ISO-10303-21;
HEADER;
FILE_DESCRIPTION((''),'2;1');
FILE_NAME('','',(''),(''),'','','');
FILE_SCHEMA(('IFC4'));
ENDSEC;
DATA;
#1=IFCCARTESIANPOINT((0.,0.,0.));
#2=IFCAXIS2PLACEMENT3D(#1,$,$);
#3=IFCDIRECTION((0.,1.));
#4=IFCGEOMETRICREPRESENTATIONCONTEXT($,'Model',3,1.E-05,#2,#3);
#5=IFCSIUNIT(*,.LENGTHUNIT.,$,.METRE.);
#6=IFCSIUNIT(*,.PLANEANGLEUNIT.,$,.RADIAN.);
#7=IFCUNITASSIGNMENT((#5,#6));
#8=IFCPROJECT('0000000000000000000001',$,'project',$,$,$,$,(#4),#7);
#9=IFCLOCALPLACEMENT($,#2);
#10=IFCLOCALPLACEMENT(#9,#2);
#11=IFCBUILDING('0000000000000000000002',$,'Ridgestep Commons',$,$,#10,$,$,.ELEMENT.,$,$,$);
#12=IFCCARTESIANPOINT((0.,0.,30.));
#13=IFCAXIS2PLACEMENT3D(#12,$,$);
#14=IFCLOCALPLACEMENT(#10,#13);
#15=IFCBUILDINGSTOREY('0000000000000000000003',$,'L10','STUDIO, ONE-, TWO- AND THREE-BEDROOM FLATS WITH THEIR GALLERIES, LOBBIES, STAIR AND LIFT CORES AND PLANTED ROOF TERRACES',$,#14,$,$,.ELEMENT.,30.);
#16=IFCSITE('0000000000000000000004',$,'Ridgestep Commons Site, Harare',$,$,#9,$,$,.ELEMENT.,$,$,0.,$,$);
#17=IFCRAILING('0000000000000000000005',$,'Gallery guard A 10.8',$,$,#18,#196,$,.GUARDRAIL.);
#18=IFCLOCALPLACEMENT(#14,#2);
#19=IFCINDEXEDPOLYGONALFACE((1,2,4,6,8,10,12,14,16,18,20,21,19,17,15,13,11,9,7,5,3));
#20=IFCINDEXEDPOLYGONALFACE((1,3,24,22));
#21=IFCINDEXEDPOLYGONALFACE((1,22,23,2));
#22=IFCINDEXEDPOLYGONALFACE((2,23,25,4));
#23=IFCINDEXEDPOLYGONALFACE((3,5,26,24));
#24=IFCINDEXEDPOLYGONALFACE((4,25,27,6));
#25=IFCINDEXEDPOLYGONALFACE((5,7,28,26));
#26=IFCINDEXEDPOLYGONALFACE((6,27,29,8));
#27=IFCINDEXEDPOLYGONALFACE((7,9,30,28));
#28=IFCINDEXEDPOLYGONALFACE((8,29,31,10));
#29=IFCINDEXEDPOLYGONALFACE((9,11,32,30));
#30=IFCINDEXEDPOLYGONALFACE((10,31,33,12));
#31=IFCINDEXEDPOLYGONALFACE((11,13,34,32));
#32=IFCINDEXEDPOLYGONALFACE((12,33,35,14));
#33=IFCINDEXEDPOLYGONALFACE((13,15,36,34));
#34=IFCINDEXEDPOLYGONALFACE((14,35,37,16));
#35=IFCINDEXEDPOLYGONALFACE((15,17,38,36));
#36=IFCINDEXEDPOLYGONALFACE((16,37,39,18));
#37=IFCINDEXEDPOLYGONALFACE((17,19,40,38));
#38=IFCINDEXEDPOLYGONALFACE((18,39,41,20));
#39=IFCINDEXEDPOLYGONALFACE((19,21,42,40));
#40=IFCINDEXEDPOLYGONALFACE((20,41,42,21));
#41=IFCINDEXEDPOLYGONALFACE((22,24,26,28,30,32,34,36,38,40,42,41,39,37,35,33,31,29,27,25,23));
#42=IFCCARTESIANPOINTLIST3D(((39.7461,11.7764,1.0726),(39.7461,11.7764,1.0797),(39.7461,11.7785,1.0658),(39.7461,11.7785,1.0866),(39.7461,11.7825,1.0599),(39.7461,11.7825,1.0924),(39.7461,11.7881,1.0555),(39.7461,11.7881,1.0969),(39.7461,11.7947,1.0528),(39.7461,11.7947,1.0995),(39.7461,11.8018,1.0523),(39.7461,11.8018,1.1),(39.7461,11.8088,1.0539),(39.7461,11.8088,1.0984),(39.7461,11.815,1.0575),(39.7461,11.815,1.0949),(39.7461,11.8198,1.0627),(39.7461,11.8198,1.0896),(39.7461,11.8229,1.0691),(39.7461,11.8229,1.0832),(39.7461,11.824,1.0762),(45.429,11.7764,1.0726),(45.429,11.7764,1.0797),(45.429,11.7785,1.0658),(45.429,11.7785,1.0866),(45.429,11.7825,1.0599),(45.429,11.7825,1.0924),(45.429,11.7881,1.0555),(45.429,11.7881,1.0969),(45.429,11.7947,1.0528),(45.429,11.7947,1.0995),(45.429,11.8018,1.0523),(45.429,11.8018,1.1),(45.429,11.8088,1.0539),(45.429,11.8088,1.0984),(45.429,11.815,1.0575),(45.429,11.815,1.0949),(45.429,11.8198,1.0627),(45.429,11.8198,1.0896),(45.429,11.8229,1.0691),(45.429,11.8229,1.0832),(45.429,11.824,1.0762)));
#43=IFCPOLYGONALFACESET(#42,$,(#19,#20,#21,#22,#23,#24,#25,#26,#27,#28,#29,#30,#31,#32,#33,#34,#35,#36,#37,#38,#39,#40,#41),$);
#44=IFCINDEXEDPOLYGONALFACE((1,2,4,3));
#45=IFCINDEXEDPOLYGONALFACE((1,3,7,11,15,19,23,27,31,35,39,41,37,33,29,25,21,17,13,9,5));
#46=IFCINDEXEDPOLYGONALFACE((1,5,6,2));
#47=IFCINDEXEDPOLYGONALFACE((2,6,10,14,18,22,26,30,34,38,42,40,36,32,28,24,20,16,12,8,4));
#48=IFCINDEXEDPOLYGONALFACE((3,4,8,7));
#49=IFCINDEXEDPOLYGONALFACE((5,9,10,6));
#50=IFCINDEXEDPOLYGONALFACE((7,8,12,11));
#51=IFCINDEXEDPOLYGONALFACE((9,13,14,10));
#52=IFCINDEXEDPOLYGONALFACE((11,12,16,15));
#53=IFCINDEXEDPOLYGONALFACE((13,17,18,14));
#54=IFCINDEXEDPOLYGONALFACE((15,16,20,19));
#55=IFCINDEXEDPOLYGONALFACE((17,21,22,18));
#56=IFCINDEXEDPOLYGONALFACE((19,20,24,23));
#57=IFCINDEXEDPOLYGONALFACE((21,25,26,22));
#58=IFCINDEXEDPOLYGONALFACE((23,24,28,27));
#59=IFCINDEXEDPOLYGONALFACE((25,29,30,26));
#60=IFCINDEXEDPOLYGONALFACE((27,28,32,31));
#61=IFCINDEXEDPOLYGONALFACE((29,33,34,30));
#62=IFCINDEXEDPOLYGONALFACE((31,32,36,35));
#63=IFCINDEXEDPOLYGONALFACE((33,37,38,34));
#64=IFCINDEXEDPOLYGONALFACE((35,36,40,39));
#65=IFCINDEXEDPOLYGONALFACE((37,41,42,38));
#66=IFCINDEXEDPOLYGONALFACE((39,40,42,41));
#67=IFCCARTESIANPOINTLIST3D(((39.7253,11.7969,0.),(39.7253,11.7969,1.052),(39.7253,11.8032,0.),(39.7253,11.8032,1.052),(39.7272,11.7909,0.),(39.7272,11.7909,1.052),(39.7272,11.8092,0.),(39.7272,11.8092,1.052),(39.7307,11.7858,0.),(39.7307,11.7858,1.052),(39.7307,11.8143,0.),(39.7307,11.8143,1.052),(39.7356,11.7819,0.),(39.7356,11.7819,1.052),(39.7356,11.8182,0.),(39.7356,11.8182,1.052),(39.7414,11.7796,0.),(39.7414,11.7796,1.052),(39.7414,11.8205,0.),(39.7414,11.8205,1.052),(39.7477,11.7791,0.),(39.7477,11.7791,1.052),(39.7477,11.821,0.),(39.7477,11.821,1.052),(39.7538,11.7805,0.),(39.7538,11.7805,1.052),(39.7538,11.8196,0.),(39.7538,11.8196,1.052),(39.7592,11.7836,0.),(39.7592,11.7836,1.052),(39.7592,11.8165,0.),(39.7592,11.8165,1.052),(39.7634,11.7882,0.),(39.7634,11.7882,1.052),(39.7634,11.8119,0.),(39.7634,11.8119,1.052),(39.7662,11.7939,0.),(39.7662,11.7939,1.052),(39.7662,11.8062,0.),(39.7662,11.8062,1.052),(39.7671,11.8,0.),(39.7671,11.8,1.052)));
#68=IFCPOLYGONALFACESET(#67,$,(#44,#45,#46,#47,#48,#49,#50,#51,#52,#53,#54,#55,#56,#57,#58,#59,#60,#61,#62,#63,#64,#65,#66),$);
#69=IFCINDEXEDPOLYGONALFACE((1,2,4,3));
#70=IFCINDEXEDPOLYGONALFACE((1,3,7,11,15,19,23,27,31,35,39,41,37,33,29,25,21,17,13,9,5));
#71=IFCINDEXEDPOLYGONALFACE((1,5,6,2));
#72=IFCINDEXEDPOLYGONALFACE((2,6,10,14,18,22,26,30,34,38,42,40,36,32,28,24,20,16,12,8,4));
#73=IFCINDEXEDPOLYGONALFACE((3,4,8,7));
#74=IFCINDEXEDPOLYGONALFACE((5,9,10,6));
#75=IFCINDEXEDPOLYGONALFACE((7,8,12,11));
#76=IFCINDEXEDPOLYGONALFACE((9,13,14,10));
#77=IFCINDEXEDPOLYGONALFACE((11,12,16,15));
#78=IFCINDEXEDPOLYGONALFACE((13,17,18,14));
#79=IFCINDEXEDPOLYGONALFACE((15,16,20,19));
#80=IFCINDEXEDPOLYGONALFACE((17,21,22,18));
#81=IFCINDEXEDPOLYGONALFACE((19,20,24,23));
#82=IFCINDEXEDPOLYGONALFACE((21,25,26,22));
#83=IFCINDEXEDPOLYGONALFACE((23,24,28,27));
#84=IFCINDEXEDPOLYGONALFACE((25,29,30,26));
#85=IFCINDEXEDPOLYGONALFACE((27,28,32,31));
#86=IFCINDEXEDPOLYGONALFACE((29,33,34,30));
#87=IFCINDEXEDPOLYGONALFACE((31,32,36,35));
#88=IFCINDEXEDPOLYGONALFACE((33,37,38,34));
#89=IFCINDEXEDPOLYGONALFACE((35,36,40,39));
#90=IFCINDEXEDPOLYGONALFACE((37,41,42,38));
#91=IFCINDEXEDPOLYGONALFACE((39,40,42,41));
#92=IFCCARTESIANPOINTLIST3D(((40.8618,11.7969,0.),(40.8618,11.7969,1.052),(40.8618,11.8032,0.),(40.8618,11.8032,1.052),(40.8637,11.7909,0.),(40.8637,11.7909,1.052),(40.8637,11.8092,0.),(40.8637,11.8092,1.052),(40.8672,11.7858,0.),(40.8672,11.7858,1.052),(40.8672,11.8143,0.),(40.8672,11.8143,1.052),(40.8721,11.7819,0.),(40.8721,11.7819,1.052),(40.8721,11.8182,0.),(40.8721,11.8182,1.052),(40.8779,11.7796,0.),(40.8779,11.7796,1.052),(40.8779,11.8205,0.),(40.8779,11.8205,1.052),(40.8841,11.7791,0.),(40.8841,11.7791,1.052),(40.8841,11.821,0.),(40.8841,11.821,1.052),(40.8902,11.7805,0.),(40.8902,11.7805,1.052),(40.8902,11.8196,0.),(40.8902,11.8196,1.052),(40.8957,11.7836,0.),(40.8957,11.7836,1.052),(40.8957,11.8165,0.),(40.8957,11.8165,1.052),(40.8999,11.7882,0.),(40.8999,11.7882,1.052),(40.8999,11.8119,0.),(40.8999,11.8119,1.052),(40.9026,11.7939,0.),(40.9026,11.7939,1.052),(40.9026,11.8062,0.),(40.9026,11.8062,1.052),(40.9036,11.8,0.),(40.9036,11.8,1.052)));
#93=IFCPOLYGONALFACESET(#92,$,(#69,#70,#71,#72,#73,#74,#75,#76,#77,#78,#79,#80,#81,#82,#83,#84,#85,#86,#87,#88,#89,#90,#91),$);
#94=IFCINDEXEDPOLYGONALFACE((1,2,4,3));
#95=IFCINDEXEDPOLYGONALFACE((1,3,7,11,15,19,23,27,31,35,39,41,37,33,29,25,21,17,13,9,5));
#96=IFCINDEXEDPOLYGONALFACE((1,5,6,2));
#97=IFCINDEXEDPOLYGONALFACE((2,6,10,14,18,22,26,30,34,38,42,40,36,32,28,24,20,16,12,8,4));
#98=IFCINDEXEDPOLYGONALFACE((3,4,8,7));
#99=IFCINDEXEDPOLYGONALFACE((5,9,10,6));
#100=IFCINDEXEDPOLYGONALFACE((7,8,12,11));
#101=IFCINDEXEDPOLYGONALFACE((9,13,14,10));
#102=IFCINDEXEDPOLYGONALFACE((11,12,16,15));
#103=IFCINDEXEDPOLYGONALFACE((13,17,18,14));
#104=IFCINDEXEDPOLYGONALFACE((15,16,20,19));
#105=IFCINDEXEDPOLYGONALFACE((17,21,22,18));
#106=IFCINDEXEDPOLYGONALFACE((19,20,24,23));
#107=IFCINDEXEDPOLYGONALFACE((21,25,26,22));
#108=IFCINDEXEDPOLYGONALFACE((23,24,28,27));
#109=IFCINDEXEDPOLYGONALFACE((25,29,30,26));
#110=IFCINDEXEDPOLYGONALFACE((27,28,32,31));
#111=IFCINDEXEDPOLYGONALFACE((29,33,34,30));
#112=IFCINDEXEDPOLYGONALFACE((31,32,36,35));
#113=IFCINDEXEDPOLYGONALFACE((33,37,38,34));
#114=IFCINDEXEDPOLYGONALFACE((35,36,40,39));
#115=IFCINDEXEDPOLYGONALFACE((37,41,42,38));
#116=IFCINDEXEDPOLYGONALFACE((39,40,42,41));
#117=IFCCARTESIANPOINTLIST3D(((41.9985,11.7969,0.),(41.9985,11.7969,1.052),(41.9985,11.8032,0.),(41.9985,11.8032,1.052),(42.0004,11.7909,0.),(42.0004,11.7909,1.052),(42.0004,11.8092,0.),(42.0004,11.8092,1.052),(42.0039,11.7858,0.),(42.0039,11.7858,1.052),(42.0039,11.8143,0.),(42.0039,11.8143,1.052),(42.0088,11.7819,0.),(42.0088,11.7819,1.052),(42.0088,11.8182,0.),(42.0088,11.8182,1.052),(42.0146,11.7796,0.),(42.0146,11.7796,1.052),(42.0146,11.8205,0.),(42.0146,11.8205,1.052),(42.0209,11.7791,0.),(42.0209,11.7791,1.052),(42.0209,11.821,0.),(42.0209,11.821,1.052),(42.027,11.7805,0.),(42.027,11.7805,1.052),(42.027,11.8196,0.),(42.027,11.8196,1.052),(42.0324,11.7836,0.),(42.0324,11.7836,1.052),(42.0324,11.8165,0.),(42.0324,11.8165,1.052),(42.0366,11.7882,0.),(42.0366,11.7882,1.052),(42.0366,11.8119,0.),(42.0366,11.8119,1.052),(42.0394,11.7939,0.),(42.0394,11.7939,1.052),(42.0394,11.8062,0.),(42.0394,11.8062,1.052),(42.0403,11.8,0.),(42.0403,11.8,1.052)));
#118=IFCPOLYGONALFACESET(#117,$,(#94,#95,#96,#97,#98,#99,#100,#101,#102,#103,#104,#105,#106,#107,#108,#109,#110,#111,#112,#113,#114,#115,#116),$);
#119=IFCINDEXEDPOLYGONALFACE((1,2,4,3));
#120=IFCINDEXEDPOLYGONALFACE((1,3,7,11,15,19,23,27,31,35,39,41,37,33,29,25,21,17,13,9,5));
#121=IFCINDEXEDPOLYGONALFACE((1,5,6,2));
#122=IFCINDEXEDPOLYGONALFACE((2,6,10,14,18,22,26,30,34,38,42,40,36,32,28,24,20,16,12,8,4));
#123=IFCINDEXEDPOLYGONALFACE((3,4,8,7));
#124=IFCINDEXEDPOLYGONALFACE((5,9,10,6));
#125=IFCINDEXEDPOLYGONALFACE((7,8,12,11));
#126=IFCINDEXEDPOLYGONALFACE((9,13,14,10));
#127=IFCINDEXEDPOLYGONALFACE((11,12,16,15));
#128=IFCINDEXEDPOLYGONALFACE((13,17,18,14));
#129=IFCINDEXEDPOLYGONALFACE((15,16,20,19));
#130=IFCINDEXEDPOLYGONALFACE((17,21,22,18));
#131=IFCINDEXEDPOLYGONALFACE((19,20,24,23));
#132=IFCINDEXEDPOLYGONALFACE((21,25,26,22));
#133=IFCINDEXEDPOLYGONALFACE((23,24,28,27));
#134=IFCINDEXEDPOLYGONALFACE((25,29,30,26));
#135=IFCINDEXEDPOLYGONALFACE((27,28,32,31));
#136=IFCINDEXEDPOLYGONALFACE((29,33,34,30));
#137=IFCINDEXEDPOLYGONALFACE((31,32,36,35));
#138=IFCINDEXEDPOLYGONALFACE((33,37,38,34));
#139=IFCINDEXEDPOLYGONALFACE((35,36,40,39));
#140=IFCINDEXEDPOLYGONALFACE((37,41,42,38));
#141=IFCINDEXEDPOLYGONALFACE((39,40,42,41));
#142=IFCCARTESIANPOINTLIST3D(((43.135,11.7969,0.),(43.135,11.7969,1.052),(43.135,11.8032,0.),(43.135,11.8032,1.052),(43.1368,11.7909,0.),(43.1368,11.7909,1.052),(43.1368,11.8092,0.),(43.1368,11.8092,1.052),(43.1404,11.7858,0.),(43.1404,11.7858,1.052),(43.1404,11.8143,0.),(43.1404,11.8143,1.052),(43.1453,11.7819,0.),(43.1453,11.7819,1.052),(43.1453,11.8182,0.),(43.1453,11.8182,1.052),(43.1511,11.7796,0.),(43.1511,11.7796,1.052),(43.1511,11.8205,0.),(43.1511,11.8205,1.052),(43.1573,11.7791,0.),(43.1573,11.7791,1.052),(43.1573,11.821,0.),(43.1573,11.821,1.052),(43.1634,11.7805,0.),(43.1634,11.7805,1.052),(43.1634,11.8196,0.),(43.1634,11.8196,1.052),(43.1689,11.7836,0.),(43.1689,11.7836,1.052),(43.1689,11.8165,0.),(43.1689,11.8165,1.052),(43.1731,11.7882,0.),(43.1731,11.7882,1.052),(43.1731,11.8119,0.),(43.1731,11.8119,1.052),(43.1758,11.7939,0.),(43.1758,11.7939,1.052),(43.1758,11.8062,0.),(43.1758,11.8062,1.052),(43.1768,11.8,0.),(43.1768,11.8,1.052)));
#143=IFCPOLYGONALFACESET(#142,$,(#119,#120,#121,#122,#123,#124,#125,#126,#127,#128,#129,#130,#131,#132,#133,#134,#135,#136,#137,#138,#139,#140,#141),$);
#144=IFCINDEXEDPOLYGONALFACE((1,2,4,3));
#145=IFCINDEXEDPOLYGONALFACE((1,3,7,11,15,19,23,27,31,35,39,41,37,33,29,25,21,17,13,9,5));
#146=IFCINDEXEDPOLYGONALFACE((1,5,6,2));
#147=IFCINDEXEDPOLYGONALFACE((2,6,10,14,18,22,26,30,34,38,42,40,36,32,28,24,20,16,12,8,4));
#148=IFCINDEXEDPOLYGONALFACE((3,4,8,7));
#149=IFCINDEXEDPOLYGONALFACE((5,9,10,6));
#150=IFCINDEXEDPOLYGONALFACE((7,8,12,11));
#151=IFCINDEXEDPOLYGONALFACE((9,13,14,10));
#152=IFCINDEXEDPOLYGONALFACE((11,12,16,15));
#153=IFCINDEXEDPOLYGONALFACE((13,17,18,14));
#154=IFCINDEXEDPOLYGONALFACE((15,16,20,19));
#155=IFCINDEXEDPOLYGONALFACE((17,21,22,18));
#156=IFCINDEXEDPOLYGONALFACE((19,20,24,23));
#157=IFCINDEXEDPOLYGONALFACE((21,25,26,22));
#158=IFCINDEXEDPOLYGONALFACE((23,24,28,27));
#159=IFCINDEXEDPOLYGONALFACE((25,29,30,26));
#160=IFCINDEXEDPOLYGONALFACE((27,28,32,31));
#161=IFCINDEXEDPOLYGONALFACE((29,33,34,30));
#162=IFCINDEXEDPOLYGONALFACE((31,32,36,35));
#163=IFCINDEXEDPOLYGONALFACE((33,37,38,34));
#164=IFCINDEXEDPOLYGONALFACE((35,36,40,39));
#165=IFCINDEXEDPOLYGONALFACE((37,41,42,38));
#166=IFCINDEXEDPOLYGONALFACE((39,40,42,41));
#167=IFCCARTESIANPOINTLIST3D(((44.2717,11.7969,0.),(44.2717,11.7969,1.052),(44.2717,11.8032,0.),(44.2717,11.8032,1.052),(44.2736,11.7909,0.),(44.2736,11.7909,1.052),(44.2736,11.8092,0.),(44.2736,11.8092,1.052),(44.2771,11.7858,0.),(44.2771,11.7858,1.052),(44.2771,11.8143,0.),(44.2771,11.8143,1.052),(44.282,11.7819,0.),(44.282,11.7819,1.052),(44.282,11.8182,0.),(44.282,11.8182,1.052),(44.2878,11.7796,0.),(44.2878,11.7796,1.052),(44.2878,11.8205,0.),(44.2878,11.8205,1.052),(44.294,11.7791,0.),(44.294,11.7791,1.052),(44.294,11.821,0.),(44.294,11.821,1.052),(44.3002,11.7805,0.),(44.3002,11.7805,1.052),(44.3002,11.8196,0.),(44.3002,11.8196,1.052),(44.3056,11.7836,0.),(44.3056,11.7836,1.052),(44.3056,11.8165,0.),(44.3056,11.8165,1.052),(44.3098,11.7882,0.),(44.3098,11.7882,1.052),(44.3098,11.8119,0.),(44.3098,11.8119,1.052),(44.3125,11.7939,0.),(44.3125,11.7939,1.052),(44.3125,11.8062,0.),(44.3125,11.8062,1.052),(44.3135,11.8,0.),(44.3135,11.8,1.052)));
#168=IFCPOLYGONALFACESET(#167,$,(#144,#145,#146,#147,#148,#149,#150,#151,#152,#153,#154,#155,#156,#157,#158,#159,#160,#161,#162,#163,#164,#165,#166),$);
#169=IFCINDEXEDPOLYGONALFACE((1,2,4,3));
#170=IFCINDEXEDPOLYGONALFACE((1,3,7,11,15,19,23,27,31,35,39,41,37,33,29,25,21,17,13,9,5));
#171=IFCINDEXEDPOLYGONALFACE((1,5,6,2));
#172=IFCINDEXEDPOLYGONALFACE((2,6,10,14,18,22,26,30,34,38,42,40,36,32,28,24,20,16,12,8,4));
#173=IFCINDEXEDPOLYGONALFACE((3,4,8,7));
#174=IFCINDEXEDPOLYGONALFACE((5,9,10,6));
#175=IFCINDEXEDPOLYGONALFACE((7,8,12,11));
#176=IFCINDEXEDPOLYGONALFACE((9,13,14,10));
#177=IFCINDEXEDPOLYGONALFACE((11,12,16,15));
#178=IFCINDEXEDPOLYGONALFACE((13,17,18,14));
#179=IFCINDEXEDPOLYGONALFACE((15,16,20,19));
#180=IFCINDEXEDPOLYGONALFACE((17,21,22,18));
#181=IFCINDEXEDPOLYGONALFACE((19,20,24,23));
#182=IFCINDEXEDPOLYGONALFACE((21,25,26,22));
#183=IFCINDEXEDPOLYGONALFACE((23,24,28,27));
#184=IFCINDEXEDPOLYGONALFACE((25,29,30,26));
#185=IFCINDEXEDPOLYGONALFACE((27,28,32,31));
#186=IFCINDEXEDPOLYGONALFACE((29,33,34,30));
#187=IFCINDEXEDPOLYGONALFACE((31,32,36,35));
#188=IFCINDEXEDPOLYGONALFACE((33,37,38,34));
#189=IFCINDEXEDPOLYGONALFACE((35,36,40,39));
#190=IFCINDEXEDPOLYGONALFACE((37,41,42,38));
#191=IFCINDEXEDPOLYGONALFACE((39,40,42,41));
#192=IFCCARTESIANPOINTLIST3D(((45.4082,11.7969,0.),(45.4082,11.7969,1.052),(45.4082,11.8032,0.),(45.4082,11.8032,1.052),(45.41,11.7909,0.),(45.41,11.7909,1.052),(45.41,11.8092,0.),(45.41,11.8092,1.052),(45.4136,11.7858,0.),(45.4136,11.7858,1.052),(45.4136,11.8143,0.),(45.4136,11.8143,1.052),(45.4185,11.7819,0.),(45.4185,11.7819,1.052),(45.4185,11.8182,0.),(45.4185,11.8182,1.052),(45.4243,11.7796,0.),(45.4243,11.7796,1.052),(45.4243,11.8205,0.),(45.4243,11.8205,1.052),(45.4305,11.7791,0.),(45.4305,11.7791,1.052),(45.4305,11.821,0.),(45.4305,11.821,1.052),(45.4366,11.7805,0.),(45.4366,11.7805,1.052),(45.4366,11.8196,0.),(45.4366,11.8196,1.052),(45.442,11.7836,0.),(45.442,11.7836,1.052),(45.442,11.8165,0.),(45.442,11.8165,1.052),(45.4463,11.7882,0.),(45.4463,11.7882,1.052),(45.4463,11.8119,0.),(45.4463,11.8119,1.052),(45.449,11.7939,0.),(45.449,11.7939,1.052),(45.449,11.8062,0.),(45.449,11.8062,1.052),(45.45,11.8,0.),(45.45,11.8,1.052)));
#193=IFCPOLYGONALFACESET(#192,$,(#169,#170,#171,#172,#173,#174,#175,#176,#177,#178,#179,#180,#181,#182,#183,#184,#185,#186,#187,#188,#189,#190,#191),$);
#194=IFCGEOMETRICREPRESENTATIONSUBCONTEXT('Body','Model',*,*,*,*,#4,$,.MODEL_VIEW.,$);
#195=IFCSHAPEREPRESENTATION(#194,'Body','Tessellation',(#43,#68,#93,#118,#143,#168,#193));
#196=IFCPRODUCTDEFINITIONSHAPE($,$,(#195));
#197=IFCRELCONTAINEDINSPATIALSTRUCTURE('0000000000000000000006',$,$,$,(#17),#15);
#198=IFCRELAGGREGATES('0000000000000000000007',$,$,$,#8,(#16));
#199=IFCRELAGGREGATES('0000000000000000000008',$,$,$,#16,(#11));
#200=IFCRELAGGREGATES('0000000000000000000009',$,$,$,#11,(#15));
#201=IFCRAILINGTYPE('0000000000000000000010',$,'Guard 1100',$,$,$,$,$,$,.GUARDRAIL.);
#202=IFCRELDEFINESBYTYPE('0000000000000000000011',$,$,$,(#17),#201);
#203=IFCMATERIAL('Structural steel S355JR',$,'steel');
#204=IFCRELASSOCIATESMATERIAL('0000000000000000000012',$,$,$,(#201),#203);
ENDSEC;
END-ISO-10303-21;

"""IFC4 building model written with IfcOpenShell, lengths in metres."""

from ifc_helpers import new_model, si_unit, direction, frame, origin, origin_2d, place, context, subcontext, project, spatial, circle, extrude, material, type_object, element, save


model = new_model("IFC4")

# Units and contexts
model_context = context("Model", 3, precision=1e-05, world=origin(), true_north=direction((0.0, 1.0)))
body_context = subcontext(model_context, "Body", "Model", "MODEL_VIEW")
ifc_project = project(units=[si_unit("LENGTHUNIT", "METRE"), si_unit("PLANEANGLEUNIT", "RADIAN")], contexts=[model_context])

# Site, building, storey
site_placement = place(None, origin())
site = spatial("IfcSite", under=ifc_project, at=site_placement, Name="Ridgestep Commons Site, Harare", CompositionType="ELEMENT", RefElevation=0.0)
building_placement = place(site_placement, origin())
building = spatial("IfcBuilding", under=site, at=building_placement, Name="Ridgestep Commons", CompositionType="ELEMENT")
storey_placement = place(building_placement, frame((0.0, 0.0, 30.0)))
storey = spatial("IfcBuildingStorey", under=building, at=storey_placement, Name="L10", Description="STUDIO, ONE-, TWO- AND THREE-BEDROOM FLATS WITH THEIR GALLERIES, LOBBIES, STAIR AND LIFT CORES AND PLANTED ROOF TERRACES", CompositionType="ELEMENT", Elevation=30.0)

# Railing
ifc_material_1 = material(Name="Structural steel S355JR", Category="steel")
railing_type_1 = type_object("IfcRailingType", Name="Guard 1100", PredefinedType="GUARDRAIL", material=ifc_material_1)
railing_1_placement = place(storey_placement, frame((39.7461, 11.8, 0.0)))
element("IfcRailing", 1, at=railing_1_placement, inside=storey, type_object=railing_type_1, Name="Gallery guard A 10.8", PredefinedType="GUARDRAIL", context=body_context, shape_type="SweptSolid", body=[
    extrude(circle(Radius=0.0239, at=origin_2d()), frame((0.0, 0.0, 1.0762), z_axis=(1.0, 0.0, 0.0), x_axis=(0.0, 1.0, 0.0)), (0.0, 0.0, 1.0), 5.6829),
    extrude(circle(Radius=0.021, at=origin_2d()), origin(), (0.0, 0.0, 1.0), 1.052),
    extrude(circle(Radius=0.021, at=origin_2d()), frame((1.1365, 0.0, 0.0)), (0.0, 0.0, 1.0), 1.052),
    extrude(circle(Radius=0.021, at=origin_2d()), frame((2.2732, 0.0, 0.0)), (0.0, 0.0, 1.0), 1.052),
    extrude(circle(Radius=0.021, at=origin_2d()), frame((3.4097, 0.0, 0.0)), (0.0, 0.0, 1.0), 1.052),
    extrude(circle(Radius=0.021, at=origin_2d()), frame((4.5464, 0.0, 0.0)), (0.0, 0.0, 1.0), 1.052),
    extrude(circle(Radius=0.021, at=origin_2d()), frame((5.6829, 0.0, 0.0)), (0.0, 0.0, 1.0), 1.052),
])

save(model, "model.ifc")
